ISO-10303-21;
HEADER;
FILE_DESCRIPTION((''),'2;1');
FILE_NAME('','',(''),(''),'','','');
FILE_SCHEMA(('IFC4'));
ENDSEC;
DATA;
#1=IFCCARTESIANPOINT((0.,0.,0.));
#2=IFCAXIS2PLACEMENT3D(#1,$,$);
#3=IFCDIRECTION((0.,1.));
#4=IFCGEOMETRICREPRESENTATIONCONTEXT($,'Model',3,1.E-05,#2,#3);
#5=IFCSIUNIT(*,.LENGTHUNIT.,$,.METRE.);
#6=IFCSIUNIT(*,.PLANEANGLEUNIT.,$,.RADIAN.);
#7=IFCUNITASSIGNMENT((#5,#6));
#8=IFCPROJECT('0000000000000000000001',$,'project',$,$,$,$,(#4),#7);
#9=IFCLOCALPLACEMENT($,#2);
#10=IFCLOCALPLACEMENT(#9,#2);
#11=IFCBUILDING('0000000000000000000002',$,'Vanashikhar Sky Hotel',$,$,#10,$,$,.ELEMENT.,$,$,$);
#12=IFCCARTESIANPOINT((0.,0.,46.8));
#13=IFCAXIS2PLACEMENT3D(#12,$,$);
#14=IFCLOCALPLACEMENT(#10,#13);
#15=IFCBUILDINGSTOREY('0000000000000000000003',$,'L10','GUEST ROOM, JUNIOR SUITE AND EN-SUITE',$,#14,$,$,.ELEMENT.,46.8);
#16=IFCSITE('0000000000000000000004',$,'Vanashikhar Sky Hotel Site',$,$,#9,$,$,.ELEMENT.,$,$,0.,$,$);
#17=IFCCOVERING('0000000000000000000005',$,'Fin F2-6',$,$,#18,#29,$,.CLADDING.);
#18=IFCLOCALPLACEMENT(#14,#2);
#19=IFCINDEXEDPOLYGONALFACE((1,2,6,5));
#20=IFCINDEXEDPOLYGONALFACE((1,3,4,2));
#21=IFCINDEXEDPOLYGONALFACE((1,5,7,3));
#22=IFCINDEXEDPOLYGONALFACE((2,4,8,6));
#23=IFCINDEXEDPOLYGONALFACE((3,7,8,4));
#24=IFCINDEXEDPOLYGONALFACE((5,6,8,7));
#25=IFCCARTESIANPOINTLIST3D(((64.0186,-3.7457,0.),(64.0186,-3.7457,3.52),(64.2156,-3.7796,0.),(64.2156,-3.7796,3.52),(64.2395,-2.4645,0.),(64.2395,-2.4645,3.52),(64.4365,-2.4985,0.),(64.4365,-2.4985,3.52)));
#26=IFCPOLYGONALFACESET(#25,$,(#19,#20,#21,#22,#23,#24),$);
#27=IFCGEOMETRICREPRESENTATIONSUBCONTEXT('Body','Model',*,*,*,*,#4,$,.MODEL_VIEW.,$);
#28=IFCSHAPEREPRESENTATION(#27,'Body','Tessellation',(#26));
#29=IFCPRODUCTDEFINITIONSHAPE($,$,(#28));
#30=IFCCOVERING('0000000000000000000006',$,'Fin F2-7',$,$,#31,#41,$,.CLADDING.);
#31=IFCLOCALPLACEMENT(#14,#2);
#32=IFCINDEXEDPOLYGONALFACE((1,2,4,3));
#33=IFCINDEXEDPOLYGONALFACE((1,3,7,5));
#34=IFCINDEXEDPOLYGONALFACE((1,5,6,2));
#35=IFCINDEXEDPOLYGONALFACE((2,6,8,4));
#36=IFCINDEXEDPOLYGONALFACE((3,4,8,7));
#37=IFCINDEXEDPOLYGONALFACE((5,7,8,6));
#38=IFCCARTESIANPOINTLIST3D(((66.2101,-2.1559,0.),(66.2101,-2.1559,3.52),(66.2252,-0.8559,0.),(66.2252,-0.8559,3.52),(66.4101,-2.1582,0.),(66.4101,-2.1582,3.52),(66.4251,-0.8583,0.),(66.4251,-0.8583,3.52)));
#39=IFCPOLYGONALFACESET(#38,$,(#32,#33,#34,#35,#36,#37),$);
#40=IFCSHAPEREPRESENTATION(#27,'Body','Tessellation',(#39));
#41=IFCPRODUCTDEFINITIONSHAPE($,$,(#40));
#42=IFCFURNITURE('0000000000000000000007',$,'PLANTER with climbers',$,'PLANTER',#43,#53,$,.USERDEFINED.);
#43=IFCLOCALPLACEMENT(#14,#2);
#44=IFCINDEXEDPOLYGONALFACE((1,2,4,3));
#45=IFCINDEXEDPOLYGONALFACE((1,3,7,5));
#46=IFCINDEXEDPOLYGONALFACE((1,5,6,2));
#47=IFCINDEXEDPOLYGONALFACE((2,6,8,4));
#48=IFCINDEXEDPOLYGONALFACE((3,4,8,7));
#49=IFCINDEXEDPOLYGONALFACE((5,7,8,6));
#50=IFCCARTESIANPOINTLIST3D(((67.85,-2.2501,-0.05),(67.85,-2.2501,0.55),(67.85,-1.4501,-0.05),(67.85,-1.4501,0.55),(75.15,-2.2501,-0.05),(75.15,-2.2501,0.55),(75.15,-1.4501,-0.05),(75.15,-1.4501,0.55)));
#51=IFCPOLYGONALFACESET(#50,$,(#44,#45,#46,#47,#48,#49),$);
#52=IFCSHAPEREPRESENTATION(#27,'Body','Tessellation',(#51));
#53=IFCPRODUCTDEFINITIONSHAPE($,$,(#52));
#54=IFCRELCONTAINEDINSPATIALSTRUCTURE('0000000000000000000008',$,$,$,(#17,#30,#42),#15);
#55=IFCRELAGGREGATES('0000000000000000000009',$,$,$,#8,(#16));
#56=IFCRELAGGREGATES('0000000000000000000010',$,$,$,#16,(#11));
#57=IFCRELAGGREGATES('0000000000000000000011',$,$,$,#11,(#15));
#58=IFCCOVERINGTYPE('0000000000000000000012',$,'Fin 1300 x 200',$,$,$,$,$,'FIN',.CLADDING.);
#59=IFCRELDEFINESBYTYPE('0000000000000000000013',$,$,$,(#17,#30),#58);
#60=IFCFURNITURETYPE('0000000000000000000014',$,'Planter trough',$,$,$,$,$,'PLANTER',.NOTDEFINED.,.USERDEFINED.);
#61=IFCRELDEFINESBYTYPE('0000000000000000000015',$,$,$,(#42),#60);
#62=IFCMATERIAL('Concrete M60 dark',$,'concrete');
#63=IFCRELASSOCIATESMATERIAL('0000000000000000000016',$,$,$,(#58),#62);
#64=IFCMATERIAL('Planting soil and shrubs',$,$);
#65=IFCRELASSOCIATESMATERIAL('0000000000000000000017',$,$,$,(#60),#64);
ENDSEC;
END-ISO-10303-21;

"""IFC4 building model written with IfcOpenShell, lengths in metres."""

from ifc_helpers import new_model, si_unit, direction, frame, origin, origin_2d, place, context, subcontext, project, spatial, rectangle, extrude, source, transform, mapped, material, material_profile, profile_set, type_object, element, save


model = new_model("IFC4")

# Units and contexts
model_context = context("Model", 3, precision=1e-05, world=origin(), true_north=direction((0.0, 1.0)))
body_context = subcontext(model_context, "Body", "Model", "MODEL_VIEW")
ifc_project = project(units=[si_unit("LENGTHUNIT", "METRE"), si_unit("PLANEANGLEUNIT", "RADIAN")], contexts=[model_context])

# Site, building, storey
site_placement = place(None, origin())
site = spatial("IfcSite", under=ifc_project, at=site_placement, Name="Vanashikhar Sky Hotel Site", CompositionType="ELEMENT", RefElevation=0.0)
building_placement = place(site_placement, origin())
building = spatial("IfcBuilding", under=site, at=building_placement, Name="Vanashikhar Sky Hotel", CompositionType="ELEMENT")
storey_placement = place(building_placement, frame((0.0, 0.0, 46.8)))
storey = spatial("IfcBuildingStorey", under=building, at=storey_placement, Name="L10", Description="GUEST ROOM, JUNIOR SUITE AND EN-SUITE", CompositionType="ELEMENT", Elevation=46.8)

# Coverings
ifc_material_1 = material(Name="Concrete M60 dark", Category="concrete")
ifc_material_profile = material_profile(ifc_material_1, rectangle(XDim=1.3, YDim=0.2, at=origin_2d()))
ifc_profile_set = profile_set([ifc_material_profile], Name="Fin 1300 x 200")
covering_type_1 = type_object("IfcCoveringType", Name="Fin 1300 x 200", ElementType="FIN", PredefinedType="CLADDING", material=ifc_profile_set)
shared_shape_1 = source(origin(), body_context, "Body", "SweptSolid", [
    extrude(rectangle(XDim=1.3, YDim=0.2, at=origin_2d()), origin(), (0.0, 0.0, 1.0), 3.52),
])
for number, where, z_axis, x_axis, name in (
    (1, (64.2275, -3.1221, 0.0), (0.0, 0.0, 1.0), (-0.1699, -0.985461, 0.0), "Fin F2-6"),
    (2, (66.3176, -1.5071, 0.0), (0.0, 0.0, 1.0), (-0.011589, -0.999933, 0.0), "Fin F2-7"),
):
    element("IfcCovering", number, at=place(storey_placement, frame(where, z_axis=z_axis, x_axis=x_axis)), inside=storey, type_object=covering_type_1, Name=name, PredefinedType="CLADDING", context=body_context, shape_type="MappedRepresentation", body=[
        mapped(shared_shape_1, transform((0.0, 0.0, 0.0), scale=1.0)),
    ])

# Furniture
ifc_material_2 = material(Name="Planting soil and shrubs")
furniture_type = type_object("IfcFurnitureType", Name="Planter trough", ElementType="PLANTER", AssemblyPlace="NOTDEFINED", PredefinedType="USERDEFINED", material=ifc_material_2)
shared_shape_2 = source(origin(), body_context, "Body", "SweptSolid", [
    extrude(rectangle(XDim=7.3, YDim=0.8, at=origin_2d()), origin(), (0.0, 0.0, 1.0), 0.6001),
])
furniture_placement = place(storey_placement, frame((71.5, -1.8501, -0.05), z_axis=(0.0, 0.0, 1.0), x_axis=(1.0, 0.0, 0.0)))
element("IfcFurniture", 3, at=furniture_placement, inside=storey, type_object=furniture_type, Name="PLANTER with climbers", ObjectType="PLANTER", PredefinedType="USERDEFINED", context=body_context, shape_type="MappedRepresentation", body=[
    mapped(shared_shape_2, transform((0.0, 0.0, 0.0), scale=1.0)),
])

save(model, "model.ifc")
